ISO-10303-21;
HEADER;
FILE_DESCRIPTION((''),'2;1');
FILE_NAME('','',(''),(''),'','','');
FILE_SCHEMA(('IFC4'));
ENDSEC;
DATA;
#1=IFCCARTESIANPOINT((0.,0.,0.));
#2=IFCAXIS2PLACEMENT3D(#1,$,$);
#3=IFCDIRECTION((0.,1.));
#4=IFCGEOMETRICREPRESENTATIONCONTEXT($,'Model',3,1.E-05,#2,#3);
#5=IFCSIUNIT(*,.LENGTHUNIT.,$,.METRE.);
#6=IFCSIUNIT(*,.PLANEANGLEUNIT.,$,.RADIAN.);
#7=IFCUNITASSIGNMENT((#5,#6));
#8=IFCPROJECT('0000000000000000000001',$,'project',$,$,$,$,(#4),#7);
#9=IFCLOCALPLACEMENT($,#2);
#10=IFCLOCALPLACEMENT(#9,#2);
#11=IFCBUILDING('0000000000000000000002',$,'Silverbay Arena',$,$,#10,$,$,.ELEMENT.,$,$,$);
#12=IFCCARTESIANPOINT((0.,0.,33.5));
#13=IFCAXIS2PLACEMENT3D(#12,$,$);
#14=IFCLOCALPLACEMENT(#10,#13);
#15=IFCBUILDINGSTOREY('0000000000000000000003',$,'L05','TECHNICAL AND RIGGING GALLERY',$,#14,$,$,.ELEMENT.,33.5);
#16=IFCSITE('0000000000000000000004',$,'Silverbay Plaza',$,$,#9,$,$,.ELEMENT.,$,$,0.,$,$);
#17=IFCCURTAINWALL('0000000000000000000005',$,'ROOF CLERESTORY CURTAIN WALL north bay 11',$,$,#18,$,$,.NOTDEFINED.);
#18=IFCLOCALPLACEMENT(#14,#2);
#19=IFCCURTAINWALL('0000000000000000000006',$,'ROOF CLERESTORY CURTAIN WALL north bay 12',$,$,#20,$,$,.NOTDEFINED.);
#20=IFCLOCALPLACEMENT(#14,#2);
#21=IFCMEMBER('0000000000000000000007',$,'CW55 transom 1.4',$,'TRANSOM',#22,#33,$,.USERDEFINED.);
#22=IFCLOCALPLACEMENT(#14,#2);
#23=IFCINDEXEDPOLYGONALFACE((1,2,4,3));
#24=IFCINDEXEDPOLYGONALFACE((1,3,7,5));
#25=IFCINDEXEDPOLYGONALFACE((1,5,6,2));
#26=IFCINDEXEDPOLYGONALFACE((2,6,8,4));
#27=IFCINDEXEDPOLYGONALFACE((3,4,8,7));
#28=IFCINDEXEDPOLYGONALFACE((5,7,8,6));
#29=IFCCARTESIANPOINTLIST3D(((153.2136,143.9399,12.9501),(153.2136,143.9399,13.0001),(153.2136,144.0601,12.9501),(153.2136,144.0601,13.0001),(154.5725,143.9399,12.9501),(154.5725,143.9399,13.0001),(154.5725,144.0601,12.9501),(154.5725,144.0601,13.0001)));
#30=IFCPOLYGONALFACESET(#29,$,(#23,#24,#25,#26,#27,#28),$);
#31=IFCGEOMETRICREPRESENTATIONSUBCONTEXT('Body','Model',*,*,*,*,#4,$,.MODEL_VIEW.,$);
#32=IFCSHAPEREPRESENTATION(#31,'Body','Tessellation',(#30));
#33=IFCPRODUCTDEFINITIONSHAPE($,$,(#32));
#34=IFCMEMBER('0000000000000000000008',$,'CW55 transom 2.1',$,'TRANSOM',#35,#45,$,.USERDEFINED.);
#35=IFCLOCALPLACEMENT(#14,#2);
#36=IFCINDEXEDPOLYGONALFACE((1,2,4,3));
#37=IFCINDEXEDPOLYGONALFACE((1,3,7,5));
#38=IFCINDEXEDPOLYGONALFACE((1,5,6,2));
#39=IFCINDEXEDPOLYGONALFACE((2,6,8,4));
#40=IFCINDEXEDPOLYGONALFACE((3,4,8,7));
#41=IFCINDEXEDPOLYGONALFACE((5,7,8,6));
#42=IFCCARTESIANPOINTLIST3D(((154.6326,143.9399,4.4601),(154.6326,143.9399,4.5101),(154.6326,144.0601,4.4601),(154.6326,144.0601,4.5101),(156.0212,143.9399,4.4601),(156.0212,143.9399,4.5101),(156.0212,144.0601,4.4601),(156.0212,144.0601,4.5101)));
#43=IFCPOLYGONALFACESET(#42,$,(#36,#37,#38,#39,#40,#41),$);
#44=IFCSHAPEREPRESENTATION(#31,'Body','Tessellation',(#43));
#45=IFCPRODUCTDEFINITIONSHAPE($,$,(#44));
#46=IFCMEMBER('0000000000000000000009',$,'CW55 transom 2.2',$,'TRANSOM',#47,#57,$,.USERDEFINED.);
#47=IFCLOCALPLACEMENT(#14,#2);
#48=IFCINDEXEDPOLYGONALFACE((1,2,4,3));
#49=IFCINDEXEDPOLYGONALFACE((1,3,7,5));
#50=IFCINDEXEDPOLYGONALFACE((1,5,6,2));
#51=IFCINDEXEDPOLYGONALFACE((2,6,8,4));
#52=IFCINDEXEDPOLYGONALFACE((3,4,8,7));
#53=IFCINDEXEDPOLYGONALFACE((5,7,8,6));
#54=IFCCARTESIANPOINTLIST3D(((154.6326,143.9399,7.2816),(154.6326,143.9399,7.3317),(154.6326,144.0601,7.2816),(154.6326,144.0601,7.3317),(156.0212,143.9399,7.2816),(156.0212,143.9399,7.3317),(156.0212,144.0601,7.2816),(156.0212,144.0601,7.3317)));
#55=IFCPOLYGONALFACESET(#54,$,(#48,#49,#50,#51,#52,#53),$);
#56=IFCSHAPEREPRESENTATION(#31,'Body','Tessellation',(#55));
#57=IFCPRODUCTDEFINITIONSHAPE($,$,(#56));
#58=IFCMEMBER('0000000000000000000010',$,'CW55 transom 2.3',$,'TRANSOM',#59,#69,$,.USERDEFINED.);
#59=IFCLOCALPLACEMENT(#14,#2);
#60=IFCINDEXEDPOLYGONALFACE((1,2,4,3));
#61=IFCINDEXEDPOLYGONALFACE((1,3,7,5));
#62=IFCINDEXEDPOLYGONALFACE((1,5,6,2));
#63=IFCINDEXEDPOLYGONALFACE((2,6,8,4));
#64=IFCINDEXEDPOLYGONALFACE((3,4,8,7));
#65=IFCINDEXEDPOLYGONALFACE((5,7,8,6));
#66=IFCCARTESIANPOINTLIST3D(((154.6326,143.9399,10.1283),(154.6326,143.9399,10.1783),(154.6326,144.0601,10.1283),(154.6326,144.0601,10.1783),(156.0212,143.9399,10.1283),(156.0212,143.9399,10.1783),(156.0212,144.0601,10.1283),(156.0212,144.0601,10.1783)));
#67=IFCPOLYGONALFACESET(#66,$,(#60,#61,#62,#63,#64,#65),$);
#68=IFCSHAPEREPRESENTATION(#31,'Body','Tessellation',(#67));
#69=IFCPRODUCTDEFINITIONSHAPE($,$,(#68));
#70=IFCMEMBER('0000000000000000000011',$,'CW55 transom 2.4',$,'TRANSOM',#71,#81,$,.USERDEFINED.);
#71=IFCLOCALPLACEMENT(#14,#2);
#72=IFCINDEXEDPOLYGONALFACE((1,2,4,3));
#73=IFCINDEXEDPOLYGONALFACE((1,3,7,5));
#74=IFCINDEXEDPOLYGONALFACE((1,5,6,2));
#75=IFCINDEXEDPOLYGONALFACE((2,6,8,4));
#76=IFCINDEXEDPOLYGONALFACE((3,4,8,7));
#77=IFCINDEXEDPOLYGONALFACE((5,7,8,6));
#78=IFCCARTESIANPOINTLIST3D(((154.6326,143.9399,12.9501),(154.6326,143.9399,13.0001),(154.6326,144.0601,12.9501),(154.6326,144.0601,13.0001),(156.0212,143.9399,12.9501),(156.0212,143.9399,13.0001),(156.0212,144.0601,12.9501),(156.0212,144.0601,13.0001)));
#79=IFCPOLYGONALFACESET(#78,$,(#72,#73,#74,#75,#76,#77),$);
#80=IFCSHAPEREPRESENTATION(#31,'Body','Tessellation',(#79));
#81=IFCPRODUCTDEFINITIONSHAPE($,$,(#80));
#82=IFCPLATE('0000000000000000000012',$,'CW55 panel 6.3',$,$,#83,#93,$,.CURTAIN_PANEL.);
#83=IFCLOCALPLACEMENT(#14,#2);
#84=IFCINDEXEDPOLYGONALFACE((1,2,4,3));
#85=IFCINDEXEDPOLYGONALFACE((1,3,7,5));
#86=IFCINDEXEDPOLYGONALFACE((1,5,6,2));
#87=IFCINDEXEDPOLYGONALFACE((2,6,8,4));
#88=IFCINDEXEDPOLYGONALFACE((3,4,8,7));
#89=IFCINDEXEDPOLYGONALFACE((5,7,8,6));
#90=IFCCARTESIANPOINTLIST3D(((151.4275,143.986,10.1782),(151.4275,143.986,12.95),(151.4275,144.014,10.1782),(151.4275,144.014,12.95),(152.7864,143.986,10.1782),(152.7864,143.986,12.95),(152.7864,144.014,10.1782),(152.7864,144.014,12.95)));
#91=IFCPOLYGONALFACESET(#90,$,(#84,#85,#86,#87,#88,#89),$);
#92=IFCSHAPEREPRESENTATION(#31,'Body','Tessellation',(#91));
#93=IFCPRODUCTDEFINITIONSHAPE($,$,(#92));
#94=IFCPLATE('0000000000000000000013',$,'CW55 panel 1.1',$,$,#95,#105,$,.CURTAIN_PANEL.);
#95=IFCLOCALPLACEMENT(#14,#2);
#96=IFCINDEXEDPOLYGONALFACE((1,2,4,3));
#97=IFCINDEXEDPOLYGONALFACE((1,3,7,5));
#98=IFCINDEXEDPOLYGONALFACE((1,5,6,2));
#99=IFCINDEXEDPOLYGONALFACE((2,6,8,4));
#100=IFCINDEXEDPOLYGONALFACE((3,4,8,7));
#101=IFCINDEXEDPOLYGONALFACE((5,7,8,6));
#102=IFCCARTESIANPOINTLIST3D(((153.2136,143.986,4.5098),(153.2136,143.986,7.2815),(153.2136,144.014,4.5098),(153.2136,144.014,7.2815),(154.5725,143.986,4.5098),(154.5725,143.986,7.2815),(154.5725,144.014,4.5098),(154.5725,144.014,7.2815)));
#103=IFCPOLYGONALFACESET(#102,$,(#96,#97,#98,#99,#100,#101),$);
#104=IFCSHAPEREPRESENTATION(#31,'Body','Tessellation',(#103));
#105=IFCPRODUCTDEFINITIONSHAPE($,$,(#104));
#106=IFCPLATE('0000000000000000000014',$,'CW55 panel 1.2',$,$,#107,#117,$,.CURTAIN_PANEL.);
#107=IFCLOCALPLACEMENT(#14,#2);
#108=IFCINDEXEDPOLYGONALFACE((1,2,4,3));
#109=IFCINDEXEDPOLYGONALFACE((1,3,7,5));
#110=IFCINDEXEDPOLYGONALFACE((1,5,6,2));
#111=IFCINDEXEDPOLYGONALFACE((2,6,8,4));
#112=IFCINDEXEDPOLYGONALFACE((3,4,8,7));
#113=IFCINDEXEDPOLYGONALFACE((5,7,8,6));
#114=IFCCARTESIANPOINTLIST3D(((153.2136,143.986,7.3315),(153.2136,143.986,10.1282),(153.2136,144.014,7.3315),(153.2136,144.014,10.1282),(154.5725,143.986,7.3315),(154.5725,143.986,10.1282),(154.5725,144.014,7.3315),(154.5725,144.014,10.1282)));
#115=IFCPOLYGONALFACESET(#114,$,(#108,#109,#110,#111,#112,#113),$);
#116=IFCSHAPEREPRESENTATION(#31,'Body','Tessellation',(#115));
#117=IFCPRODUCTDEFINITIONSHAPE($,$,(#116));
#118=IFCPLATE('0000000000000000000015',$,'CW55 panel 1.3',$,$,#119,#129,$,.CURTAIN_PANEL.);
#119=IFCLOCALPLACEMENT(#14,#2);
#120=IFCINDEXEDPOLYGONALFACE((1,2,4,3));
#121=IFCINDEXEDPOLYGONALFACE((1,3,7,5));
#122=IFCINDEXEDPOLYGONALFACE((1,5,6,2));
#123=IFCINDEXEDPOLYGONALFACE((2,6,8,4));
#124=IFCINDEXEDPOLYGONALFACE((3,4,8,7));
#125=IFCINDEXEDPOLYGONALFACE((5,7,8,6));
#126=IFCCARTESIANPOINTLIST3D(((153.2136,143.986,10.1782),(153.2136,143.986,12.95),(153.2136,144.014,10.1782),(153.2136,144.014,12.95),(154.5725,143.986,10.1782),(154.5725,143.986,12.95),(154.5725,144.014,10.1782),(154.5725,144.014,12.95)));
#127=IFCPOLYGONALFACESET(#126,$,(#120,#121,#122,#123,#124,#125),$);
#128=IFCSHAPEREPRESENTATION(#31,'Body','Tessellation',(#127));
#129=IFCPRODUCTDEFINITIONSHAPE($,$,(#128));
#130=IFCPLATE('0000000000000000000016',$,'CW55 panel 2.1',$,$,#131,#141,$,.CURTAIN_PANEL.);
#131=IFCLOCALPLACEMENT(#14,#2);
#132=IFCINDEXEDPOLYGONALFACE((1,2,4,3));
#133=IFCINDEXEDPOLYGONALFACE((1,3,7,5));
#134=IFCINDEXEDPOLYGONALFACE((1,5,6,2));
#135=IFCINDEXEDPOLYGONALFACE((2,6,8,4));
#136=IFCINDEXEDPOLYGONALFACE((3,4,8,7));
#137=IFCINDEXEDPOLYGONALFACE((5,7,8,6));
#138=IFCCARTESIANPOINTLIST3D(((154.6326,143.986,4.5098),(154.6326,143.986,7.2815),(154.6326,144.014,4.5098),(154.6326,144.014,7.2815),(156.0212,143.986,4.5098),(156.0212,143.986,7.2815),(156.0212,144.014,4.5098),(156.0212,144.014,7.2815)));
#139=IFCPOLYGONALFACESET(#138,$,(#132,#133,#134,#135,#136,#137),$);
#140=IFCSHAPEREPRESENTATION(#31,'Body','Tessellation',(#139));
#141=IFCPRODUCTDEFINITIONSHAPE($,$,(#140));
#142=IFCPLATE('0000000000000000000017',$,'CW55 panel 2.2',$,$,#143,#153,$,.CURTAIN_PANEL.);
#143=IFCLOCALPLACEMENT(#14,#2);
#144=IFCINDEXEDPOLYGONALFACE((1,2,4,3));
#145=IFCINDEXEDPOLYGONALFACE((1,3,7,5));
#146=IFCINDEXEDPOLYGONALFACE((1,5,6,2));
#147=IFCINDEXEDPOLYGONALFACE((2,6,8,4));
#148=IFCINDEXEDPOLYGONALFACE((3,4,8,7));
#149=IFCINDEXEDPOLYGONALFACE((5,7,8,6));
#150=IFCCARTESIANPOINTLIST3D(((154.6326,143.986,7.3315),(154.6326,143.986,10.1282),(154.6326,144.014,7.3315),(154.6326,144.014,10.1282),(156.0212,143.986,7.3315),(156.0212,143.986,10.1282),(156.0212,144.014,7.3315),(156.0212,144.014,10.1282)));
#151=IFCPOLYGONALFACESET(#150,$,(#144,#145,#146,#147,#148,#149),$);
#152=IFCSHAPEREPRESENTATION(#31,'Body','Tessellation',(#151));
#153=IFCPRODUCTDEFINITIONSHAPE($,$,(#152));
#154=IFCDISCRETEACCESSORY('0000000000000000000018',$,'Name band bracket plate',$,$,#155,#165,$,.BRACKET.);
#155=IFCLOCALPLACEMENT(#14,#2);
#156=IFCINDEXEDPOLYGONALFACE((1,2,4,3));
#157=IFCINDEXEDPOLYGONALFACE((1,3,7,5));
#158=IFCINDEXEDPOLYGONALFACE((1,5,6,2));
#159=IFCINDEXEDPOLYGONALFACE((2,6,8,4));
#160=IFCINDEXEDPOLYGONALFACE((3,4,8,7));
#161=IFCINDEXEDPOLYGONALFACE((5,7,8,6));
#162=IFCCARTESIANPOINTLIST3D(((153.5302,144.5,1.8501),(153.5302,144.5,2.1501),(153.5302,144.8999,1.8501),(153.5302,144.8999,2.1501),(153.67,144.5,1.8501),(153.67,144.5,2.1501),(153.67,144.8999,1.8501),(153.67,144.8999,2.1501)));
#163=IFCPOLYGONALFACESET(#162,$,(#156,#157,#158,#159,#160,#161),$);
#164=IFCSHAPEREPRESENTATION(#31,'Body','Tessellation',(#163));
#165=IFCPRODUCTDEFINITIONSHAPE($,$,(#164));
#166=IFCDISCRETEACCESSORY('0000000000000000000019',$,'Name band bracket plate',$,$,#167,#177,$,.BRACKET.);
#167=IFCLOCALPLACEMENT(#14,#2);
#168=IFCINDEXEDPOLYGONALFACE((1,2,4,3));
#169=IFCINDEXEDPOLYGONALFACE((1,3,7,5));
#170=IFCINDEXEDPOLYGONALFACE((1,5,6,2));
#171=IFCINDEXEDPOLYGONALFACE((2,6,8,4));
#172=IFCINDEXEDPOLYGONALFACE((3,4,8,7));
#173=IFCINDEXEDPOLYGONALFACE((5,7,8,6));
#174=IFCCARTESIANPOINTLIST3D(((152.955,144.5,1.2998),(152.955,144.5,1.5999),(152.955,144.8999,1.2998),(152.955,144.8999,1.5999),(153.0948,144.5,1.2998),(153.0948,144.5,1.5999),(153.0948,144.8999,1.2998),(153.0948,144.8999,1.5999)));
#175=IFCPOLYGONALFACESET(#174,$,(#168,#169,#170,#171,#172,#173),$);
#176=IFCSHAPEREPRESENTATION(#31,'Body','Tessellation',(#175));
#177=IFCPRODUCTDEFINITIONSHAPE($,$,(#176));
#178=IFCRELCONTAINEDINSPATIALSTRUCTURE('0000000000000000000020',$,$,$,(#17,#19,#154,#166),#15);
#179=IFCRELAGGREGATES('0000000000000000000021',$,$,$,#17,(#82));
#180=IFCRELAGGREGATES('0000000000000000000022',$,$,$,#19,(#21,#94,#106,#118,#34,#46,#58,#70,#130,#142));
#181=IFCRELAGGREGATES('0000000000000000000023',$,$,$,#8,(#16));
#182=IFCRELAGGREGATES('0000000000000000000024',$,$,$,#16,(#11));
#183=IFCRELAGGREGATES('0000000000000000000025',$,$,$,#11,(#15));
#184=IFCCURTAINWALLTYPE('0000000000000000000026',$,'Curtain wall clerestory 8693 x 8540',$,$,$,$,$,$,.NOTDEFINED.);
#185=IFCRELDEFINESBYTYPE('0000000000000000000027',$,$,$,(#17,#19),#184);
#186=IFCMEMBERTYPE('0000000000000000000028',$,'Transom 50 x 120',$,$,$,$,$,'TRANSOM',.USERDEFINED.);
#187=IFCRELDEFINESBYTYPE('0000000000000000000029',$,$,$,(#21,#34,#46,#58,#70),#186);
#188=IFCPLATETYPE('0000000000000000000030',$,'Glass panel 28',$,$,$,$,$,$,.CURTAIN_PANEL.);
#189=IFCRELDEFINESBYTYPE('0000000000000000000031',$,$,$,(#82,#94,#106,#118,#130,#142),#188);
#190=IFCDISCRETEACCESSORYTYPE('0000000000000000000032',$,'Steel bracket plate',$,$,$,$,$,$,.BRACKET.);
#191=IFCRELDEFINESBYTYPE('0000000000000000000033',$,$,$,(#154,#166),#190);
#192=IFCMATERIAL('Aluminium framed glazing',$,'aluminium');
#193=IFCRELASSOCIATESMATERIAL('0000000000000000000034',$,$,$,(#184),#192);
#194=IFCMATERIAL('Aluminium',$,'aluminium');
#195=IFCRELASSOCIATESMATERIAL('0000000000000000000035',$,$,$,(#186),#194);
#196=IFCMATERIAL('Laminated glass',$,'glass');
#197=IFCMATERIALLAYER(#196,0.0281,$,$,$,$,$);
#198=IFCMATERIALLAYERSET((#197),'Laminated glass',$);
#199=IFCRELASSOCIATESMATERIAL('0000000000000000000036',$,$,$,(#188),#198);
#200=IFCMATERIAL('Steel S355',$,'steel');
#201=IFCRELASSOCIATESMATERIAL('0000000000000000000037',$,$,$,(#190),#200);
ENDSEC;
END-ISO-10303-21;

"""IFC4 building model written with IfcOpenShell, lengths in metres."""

from ifc_helpers import new_model, si_unit, direction, frame, origin, origin_2d, place, context, subcontext, project, spatial, rectangle, extrude, material, layer, layer_set, material_profile, profile_set, type_object, element, aggregate, save


model = new_model("IFC4")

# Units and contexts
model_context = context("Model", 3, precision=1e-05, world=origin(), true_north=direction((0.0, 1.0)))
body_context = subcontext(model_context, "Body", "Model", "MODEL_VIEW")
ifc_project = project(units=[si_unit("LENGTHUNIT", "METRE"), si_unit("PLANEANGLEUNIT", "RADIAN")], contexts=[model_context])

# Site, building, storey
site_placement = place(None, origin())
site = spatial("IfcSite", under=ifc_project, at=site_placement, Name="Silverbay Plaza", CompositionType="ELEMENT", RefElevation=0.0)
building_placement = place(site_placement, origin())
building = spatial("IfcBuilding", under=site, at=building_placement, Name="Silverbay Arena", CompositionType="ELEMENT")
storey_placement = place(building_placement, frame((0.0, 0.0, 33.5)))
storey = spatial("IfcBuildingStorey", under=building, at=storey_placement, Name="L05", Description="TECHNICAL AND RIGGING GALLERY", CompositionType="ELEMENT", Elevation=33.5)

# Curtain wall
ifc_material_1 = material(Name="Aluminium framed glazing", Category="aluminium")
curtain_wall_type = type_object("IfcCurtainWallType", Name="Curtain wall clerestory 8693 x 8540", PredefinedType="NOTDEFINED", material=ifc_material_1)
curtain_wall_1_placement = place(storey_placement, origin())
curtain_wall_1 = element("IfcCurtainWall", 1, at=curtain_wall_1_placement, inside=storey, type_object=curtain_wall_type, Name="ROOF CLERESTORY CURTAIN WALL north bay 11", PredefinedType="NOTDEFINED")

# Curtain wall
curtain_wall_2_placement = place(storey_placement, origin())
curtain_wall_2 = element("IfcCurtainWall", 2, at=curtain_wall_2_placement, inside=storey, type_object=curtain_wall_type, Name="ROOF CLERESTORY CURTAIN WALL north bay 12", PredefinedType="NOTDEFINED")

# Members
ifc_material_2 = material(Name="Aluminium", Category="aluminium")
ifc_material_profile_1 = material_profile(ifc_material_2, rectangle(XDim=0.1201, YDim=0.05, at=origin_2d()), Name="Transom 50 x 120")
ifc_profile_set_1 = profile_set([ifc_material_profile_1], Name="Aluminium")
member_type_1 = type_object("IfcMemberType", Name="Transom 50 x 120", ElementType="TRANSOM", PredefinedType="USERDEFINED", material=ifc_profile_set_1)
member_1_placement = place(storey_placement, frame((153.2136, 144.0, 12.9751), z_axis=(1.0, 0.0, 0.0), x_axis=(0.0, 1.0, 0.0)))
member_1 = element("IfcMember", 3, at=member_1_placement, type_object=member_type_1, Name="CW55 transom 1.4", ObjectType="TRANSOM", PredefinedType="USERDEFINED", context=body_context, shape_type="SweptSolid", body=[
    extrude(rectangle(XDim=0.1201, YDim=0.05, at=origin_2d()), origin(), (0.0, 0.0, 1.0), 1.3589),
])
member_2_placement = place(storey_placement, frame((154.6326, 144.0, 4.4851), z_axis=(1.0, 0.0, 0.0), x_axis=(0.0, 1.0, 0.0)))
member_2 = element("IfcMember", 4, at=member_2_placement, type_object=member_type_1, Name="CW55 transom 2.1", ObjectType="TRANSOM", PredefinedType="USERDEFINED", context=body_context, shape_type="SweptSolid", body=[
    extrude(rectangle(XDim=0.1201, YDim=0.05, at=origin_2d()), origin(), (0.0, 0.0, 1.0), 1.3887),
])
member_3_placement = place(storey_placement, frame((154.6326, 144.0, 7.3066), z_axis=(1.0, 0.0, 0.0), x_axis=(0.0, 1.0, 0.0)))
member_3 = element("IfcMember", 5, at=member_3_placement, type_object=member_type_1, Name="CW55 transom 2.2", ObjectType="TRANSOM", PredefinedType="USERDEFINED", context=body_context, shape_type="SweptSolid", body=[
    extrude(rectangle(XDim=0.1201, YDim=0.05, at=origin_2d()), origin(), (0.0, 0.0, 1.0), 1.3887),
])
member_4_placement = place(storey_placement, frame((154.6326, 144.0, 10.1533), z_axis=(1.0, 0.0, 0.0), x_axis=(0.0, 1.0, 0.0)))
member_4 = element("IfcMember", 6, at=member_4_placement, type_object=member_type_1, Name="CW55 transom 2.3", ObjectType="TRANSOM", PredefinedType="USERDEFINED", context=body_context, shape_type="SweptSolid", body=[
    extrude(rectangle(XDim=0.1201, YDim=0.05, at=origin_2d()), origin(), (0.0, 0.0, 1.0), 1.3887),
])
member_5_placement = place(storey_placement, frame((154.6326, 144.0, 12.9751), z_axis=(1.0, 0.0, 0.0), x_axis=(0.0, 1.0, 0.0)))
member_5 = element("IfcMember", 7, at=member_5_placement, type_object=member_type_1, Name="CW55 transom 2.4", ObjectType="TRANSOM", PredefinedType="USERDEFINED", context=body_context, shape_type="SweptSolid", body=[
    extrude(rectangle(XDim=0.1201, YDim=0.05, at=origin_2d()), origin(), (0.0, 0.0, 1.0), 1.3887),
])

# Plates
ifc_material_3 = material(Name="Laminated glass", Category="glass")
ifc_layer = layer(ifc_material_3, 0.0281)
ifc_layer_set = layer_set([ifc_layer], Name="Laminated glass")
plate_type = type_object("IfcPlateType", Name="Glass panel 28", PredefinedType="CURTAIN_PANEL", material=ifc_layer_set)
plate_1_placement = place(storey_placement, frame((152.1069, 144.0, 10.1782), z_axis=(0.0, 0.0, 1.0), x_axis=(1.0, 0.0, 0.0)))
plate_1 = element("IfcPlate", 8, at=plate_1_placement, type_object=plate_type, Name="CW55 panel 6.3", PredefinedType="CURTAIN_PANEL", context=body_context, shape_type="SweptSolid", body=[
    extrude(rectangle(XDim=1.3589, YDim=0.0281, at=origin_2d()), origin(), (0.0, 0.0, 1.0), 2.7717),
])
aggregate(curtain_wall_1, [plate_1])
plate_2_placement = place(storey_placement, frame((153.8931, 144.0, 4.5098), z_axis=(0.0, 0.0, 1.0), x_axis=(1.0, 0.0, 0.0)))
plate_2 = element("IfcPlate", 9, at=plate_2_placement, type_object=plate_type, Name="CW55 panel 1.1", PredefinedType="CURTAIN_PANEL", context=body_context, shape_type="SweptSolid", body=[
    extrude(rectangle(XDim=1.3589, YDim=0.0281, at=origin_2d()), origin(), (0.0, 0.0, 1.0), 2.7717),
])
plate_3_placement = place(storey_placement, frame((153.8931, 144.0, 7.3315), z_axis=(0.0, 0.0, 1.0), x_axis=(1.0, 0.0, 0.0)))
plate_3 = element("IfcPlate", 10, at=plate_3_placement, type_object=plate_type, Name="CW55 panel 1.2", PredefinedType="CURTAIN_PANEL", context=body_context, shape_type="SweptSolid", body=[
    extrude(rectangle(XDim=1.3589, YDim=0.0281, at=origin_2d()), origin(), (0.0, 0.0, 1.0), 2.7966),
])
plate_4_placement = place(storey_placement, frame((153.8931, 144.0, 10.1782), z_axis=(0.0, 0.0, 1.0), x_axis=(1.0, 0.0, 0.0)))
plate_4 = element("IfcPlate", 11, at=plate_4_placement, type_object=plate_type, Name="CW55 panel 1.3", PredefinedType="CURTAIN_PANEL", context=body_context, shape_type="SweptSolid", body=[
    extrude(rectangle(XDim=1.3589, YDim=0.0281, at=origin_2d()), origin(), (0.0, 0.0, 1.0), 2.7717),
])
plate_5_placement = place(storey_placement, frame((155.3269, 144.0, 4.5098), z_axis=(0.0, 0.0, 1.0), x_axis=(1.0, 0.0, 0.0)))
plate_5 = element("IfcPlate", 12, at=plate_5_placement, type_object=plate_type, Name="CW55 panel 2.1", PredefinedType="CURTAIN_PANEL", context=body_context, shape_type="SweptSolid", body=[
    extrude(rectangle(XDim=1.3887, YDim=0.0281, at=origin_2d()), origin(), (0.0, 0.0, 1.0), 2.7717),
])
plate_6_placement = place(storey_placement, frame((155.3269, 144.0, 7.3315), z_axis=(0.0, 0.0, 1.0), x_axis=(1.0, 0.0, 0.0)))
plate_6 = element("IfcPlate", 13, at=plate_6_placement, type_object=plate_type, Name="CW55 panel 2.2", PredefinedType="CURTAIN_PANEL", context=body_context, shape_type="SweptSolid", body=[
    extrude(rectangle(XDim=1.3887, YDim=0.0281, at=origin_2d()), origin(), (0.0, 0.0, 1.0), 2.7966),
])
aggregate(curtain_wall_2, [member_1, plate_2, plate_3, plate_4, member_2, member_3, member_4, member_5, plate_5, plate_6])

# Discrete accessories
ifc_material_4 = material(Name="Steel S355", Category="steel")
discrete_accessory_type = type_object("IfcDiscreteAccessoryType", Name="Steel bracket plate", PredefinedType="BRACKET", material=ifc_material_4)
for number, where, z_axis, x_axis, name in (
    (14, (153.6001, 144.7, 1.8501), (0.0, 0.0, 1.0), (1.0, 0.0, 0.0), "Name band bracket plate"),
    (15, (153.0249, 144.7, 1.2998), (0.0, 0.0, 1.0), (1.0, 0.0, 0.0), "Name band bracket plate"),
):
    element("IfcDiscreteAccessory", number, at=place(storey_placement, frame(where, z_axis=z_axis, x_axis=x_axis)), inside=storey, type_object=discrete_accessory_type, Name=name, PredefinedType="BRACKET", context=body_context, shape_type="SweptSolid", body=[
        extrude(rectangle(XDim=0.1399, YDim=0.3999, at=origin_2d()), origin(), (0.0, 0.0, 1.0), 0.3),
    ])

save(model, "model.ifc")
